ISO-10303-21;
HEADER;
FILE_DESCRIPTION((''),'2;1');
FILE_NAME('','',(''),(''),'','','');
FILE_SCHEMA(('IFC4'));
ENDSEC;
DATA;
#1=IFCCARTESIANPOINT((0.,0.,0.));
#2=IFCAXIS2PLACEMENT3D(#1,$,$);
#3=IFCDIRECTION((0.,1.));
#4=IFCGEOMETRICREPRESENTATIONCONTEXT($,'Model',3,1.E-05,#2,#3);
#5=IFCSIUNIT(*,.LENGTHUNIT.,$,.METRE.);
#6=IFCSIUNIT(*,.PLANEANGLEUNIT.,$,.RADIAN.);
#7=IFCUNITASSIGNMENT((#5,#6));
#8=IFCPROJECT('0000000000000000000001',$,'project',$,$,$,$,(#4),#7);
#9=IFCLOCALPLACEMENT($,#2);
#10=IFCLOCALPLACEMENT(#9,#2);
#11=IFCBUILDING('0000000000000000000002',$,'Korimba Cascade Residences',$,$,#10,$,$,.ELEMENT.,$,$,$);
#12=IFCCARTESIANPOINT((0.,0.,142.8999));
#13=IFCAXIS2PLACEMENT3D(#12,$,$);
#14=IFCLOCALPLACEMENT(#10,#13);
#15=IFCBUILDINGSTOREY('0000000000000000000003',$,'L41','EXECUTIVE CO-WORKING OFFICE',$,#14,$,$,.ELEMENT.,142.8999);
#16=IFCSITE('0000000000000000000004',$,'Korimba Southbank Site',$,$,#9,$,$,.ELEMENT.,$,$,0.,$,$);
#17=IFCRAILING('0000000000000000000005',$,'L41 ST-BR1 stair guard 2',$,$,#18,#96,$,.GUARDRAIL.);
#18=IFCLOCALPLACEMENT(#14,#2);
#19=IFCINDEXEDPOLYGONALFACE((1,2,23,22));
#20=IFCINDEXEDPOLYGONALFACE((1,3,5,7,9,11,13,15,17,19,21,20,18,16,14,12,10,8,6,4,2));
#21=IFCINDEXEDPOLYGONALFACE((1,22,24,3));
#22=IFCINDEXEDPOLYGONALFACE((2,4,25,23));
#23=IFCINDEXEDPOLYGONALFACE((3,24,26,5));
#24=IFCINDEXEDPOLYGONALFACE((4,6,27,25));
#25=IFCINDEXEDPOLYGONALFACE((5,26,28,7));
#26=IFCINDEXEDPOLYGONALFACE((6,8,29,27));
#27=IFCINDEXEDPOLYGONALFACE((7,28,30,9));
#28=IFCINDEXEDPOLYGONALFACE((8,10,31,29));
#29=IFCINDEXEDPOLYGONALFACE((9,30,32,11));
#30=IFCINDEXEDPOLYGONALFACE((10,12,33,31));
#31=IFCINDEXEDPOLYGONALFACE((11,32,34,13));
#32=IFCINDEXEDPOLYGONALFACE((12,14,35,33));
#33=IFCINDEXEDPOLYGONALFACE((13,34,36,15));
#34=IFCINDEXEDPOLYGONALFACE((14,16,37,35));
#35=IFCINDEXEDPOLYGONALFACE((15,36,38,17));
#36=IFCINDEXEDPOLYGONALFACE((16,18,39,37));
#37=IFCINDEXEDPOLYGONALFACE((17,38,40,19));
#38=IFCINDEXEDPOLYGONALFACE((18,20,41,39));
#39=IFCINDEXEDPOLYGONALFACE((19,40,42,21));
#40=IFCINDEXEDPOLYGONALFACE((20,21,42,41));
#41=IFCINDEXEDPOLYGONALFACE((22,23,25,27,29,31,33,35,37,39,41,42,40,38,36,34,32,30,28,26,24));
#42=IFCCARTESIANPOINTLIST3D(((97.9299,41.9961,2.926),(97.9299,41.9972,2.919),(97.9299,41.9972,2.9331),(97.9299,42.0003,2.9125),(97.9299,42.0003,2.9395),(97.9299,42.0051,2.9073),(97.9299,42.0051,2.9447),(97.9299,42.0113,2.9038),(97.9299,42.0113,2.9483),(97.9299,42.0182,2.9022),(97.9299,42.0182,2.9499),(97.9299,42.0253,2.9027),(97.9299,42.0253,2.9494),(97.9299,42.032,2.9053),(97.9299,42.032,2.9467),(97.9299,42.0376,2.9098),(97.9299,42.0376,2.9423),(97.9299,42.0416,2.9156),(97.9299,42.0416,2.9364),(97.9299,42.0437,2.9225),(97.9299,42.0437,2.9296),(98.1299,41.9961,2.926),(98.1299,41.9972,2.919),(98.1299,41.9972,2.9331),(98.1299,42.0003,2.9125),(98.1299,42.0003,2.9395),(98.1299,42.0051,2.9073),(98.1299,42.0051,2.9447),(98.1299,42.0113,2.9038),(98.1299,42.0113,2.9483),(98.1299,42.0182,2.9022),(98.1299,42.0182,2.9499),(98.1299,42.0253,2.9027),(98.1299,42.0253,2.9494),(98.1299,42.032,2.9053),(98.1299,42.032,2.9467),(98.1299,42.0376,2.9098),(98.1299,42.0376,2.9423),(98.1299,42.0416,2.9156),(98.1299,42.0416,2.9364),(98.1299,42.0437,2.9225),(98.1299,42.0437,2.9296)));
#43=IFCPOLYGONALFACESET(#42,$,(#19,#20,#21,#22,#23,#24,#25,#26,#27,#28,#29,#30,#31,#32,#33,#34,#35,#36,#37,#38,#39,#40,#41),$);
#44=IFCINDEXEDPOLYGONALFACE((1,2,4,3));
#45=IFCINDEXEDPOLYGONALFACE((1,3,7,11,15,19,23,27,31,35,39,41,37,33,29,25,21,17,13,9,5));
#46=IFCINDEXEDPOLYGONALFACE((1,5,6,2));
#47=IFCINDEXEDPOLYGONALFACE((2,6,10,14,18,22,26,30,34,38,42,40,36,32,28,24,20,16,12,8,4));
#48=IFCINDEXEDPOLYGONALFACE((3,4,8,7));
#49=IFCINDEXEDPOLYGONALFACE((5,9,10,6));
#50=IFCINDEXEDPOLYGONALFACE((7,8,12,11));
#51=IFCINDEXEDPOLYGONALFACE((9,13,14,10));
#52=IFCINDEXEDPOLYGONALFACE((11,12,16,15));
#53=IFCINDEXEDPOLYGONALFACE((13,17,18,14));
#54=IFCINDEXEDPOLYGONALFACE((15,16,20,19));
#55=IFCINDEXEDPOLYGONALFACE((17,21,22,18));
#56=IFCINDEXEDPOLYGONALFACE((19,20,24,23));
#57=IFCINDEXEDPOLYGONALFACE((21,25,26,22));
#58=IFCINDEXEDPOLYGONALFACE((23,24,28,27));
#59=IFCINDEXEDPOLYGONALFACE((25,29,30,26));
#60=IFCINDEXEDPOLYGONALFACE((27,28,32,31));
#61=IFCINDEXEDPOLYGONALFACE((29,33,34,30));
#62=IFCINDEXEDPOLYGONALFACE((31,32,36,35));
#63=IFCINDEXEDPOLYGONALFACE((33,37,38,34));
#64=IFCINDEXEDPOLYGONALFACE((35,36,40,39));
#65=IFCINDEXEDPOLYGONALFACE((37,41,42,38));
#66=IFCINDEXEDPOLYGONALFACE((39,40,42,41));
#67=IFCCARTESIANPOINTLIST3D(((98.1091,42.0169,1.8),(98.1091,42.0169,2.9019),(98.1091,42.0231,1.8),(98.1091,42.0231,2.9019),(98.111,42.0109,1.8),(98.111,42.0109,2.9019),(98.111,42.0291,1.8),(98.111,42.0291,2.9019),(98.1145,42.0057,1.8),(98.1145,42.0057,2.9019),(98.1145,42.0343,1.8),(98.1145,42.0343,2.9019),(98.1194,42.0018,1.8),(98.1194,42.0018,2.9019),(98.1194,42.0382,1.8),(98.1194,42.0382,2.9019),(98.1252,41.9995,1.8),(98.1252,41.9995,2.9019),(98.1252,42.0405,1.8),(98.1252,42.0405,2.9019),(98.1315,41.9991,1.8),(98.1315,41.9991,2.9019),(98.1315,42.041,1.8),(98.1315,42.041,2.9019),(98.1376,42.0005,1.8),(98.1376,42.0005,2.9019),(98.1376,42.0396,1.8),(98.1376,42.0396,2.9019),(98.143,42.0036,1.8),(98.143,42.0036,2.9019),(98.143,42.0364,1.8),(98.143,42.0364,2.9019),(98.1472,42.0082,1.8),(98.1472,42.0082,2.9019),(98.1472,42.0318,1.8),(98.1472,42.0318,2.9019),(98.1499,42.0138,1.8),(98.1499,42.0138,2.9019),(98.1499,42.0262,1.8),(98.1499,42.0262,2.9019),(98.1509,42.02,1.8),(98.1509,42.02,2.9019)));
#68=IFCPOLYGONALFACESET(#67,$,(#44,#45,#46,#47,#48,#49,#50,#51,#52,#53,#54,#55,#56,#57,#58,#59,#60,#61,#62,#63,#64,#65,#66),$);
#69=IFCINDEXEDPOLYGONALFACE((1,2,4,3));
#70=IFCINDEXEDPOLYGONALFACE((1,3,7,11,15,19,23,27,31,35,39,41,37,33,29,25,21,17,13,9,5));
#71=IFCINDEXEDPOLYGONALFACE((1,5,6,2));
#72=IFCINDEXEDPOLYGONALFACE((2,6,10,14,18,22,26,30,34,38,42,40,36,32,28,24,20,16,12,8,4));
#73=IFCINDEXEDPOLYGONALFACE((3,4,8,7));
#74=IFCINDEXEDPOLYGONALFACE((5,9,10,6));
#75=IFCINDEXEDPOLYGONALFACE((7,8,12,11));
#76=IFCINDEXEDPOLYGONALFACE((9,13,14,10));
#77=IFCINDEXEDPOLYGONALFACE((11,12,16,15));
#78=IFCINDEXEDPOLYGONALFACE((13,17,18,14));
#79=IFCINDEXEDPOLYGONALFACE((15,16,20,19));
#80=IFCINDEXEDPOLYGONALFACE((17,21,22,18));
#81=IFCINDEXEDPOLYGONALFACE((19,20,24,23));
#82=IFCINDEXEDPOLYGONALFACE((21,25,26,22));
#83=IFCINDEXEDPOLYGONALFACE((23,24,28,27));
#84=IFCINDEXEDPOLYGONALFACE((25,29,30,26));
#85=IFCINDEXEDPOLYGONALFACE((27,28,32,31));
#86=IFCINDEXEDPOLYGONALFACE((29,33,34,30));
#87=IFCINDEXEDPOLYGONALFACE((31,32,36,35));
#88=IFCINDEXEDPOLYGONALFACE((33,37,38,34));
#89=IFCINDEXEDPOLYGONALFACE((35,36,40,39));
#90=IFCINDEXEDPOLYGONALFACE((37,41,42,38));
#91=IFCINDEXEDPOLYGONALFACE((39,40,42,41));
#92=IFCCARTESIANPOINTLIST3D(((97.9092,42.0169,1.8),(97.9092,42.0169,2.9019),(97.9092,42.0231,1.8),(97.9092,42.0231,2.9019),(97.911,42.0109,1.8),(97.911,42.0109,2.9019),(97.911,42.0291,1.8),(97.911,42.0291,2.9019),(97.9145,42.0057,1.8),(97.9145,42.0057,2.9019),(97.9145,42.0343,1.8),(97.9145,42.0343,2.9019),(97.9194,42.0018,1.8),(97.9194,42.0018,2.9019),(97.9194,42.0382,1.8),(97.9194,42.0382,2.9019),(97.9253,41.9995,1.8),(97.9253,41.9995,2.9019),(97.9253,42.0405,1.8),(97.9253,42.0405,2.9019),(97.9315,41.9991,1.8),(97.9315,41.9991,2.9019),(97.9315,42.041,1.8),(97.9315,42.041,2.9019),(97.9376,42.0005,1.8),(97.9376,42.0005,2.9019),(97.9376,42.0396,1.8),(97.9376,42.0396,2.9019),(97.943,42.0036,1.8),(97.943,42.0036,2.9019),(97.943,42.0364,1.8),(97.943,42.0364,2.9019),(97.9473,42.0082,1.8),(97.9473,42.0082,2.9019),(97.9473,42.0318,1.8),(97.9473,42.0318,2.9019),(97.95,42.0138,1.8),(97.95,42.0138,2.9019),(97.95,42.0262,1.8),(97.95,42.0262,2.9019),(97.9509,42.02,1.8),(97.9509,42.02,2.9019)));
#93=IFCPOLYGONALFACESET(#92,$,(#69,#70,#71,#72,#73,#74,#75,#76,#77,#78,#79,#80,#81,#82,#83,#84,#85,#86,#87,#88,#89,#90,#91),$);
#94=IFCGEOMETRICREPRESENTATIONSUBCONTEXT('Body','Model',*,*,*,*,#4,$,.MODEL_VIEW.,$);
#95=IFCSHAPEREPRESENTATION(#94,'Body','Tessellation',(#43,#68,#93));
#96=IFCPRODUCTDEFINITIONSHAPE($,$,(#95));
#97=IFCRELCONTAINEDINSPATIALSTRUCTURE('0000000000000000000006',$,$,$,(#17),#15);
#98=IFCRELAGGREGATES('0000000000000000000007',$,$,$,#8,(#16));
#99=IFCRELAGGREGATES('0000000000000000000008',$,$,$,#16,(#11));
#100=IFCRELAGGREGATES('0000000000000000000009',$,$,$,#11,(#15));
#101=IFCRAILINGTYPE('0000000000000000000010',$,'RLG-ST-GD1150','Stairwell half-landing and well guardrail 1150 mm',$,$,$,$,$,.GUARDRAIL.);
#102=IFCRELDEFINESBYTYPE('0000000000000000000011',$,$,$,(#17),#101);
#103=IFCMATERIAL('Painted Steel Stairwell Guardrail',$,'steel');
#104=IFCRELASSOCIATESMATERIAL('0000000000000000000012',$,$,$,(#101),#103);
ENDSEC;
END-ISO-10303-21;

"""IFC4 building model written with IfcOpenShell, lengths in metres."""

from ifc_helpers import new_model, si_unit, direction, frame, origin, origin_2d, place, context, subcontext, project, spatial, circle, extrude, material, type_object, element, save


model = new_model("IFC4")

# Units and contexts
model_context = context("Model", 3, precision=1e-05, world=origin(), true_north=direction((0.0, 1.0)))
body_context = subcontext(model_context, "Body", "Model", "MODEL_VIEW")
ifc_project = project(units=[si_unit("LENGTHUNIT", "METRE"), si_unit("PLANEANGLEUNIT", "RADIAN")], contexts=[model_context])

# Site, building, storey
site_placement = place(None, origin())
site = spatial("IfcSite", under=ifc_project, at=site_placement, Name="Korimba Southbank Site", CompositionType="ELEMENT", RefElevation=0.0)
building_placement = place(site_placement, origin())
building = spatial("IfcBuilding", under=site, at=building_placement, Name="Korimba Cascade Residences", CompositionType="ELEMENT")
storey_placement = place(building_placement, frame((0.0, 0.0, 142.8999)))
storey = spatial("IfcBuildingStorey", under=building, at=storey_placement, Name="L41", Description="EXECUTIVE CO-WORKING OFFICE", CompositionType="ELEMENT", Elevation=142.8999)

# Railing
ifc_material_1 = material(Name="Painted Steel Stairwell Guardrail", Category="steel")
railing_type_1 = type_object("IfcRailingType", Name="RLG-ST-GD1150", Description="Stairwell half-landing and well guardrail 1150 mm", PredefinedType="GUARDRAIL", material=ifc_material_1)
railing_1_placement = place(storey_placement, frame((98.1299, 42.02, 1.8)))
element("IfcRailing", 1, at=railing_1_placement, inside=storey, type_object=railing_type_1, Name="L41 ST-BR1 stair guard 2", PredefinedType="GUARDRAIL", context=body_context, shape_type="SweptSolid", body=[
    extrude(circle(Radius=0.0239, at=origin_2d()), frame((0.0, 0.0, 1.126), z_axis=(-1.0, 0.0, 0.0), x_axis=(0.0, -1.0, 0.0)), (0.0, 0.0, 1.0), 0.2),
    extrude(circle(Radius=0.021, at=origin_2d()), origin(), (0.0, 0.0, 1.0), 1.1018),
    extrude(circle(Radius=0.021, at=origin_2d()), frame((-0.2, 0.0, 0.0)), (0.0, 0.0, 1.0), 1.1018),
])

save(model, "model.ifc")
